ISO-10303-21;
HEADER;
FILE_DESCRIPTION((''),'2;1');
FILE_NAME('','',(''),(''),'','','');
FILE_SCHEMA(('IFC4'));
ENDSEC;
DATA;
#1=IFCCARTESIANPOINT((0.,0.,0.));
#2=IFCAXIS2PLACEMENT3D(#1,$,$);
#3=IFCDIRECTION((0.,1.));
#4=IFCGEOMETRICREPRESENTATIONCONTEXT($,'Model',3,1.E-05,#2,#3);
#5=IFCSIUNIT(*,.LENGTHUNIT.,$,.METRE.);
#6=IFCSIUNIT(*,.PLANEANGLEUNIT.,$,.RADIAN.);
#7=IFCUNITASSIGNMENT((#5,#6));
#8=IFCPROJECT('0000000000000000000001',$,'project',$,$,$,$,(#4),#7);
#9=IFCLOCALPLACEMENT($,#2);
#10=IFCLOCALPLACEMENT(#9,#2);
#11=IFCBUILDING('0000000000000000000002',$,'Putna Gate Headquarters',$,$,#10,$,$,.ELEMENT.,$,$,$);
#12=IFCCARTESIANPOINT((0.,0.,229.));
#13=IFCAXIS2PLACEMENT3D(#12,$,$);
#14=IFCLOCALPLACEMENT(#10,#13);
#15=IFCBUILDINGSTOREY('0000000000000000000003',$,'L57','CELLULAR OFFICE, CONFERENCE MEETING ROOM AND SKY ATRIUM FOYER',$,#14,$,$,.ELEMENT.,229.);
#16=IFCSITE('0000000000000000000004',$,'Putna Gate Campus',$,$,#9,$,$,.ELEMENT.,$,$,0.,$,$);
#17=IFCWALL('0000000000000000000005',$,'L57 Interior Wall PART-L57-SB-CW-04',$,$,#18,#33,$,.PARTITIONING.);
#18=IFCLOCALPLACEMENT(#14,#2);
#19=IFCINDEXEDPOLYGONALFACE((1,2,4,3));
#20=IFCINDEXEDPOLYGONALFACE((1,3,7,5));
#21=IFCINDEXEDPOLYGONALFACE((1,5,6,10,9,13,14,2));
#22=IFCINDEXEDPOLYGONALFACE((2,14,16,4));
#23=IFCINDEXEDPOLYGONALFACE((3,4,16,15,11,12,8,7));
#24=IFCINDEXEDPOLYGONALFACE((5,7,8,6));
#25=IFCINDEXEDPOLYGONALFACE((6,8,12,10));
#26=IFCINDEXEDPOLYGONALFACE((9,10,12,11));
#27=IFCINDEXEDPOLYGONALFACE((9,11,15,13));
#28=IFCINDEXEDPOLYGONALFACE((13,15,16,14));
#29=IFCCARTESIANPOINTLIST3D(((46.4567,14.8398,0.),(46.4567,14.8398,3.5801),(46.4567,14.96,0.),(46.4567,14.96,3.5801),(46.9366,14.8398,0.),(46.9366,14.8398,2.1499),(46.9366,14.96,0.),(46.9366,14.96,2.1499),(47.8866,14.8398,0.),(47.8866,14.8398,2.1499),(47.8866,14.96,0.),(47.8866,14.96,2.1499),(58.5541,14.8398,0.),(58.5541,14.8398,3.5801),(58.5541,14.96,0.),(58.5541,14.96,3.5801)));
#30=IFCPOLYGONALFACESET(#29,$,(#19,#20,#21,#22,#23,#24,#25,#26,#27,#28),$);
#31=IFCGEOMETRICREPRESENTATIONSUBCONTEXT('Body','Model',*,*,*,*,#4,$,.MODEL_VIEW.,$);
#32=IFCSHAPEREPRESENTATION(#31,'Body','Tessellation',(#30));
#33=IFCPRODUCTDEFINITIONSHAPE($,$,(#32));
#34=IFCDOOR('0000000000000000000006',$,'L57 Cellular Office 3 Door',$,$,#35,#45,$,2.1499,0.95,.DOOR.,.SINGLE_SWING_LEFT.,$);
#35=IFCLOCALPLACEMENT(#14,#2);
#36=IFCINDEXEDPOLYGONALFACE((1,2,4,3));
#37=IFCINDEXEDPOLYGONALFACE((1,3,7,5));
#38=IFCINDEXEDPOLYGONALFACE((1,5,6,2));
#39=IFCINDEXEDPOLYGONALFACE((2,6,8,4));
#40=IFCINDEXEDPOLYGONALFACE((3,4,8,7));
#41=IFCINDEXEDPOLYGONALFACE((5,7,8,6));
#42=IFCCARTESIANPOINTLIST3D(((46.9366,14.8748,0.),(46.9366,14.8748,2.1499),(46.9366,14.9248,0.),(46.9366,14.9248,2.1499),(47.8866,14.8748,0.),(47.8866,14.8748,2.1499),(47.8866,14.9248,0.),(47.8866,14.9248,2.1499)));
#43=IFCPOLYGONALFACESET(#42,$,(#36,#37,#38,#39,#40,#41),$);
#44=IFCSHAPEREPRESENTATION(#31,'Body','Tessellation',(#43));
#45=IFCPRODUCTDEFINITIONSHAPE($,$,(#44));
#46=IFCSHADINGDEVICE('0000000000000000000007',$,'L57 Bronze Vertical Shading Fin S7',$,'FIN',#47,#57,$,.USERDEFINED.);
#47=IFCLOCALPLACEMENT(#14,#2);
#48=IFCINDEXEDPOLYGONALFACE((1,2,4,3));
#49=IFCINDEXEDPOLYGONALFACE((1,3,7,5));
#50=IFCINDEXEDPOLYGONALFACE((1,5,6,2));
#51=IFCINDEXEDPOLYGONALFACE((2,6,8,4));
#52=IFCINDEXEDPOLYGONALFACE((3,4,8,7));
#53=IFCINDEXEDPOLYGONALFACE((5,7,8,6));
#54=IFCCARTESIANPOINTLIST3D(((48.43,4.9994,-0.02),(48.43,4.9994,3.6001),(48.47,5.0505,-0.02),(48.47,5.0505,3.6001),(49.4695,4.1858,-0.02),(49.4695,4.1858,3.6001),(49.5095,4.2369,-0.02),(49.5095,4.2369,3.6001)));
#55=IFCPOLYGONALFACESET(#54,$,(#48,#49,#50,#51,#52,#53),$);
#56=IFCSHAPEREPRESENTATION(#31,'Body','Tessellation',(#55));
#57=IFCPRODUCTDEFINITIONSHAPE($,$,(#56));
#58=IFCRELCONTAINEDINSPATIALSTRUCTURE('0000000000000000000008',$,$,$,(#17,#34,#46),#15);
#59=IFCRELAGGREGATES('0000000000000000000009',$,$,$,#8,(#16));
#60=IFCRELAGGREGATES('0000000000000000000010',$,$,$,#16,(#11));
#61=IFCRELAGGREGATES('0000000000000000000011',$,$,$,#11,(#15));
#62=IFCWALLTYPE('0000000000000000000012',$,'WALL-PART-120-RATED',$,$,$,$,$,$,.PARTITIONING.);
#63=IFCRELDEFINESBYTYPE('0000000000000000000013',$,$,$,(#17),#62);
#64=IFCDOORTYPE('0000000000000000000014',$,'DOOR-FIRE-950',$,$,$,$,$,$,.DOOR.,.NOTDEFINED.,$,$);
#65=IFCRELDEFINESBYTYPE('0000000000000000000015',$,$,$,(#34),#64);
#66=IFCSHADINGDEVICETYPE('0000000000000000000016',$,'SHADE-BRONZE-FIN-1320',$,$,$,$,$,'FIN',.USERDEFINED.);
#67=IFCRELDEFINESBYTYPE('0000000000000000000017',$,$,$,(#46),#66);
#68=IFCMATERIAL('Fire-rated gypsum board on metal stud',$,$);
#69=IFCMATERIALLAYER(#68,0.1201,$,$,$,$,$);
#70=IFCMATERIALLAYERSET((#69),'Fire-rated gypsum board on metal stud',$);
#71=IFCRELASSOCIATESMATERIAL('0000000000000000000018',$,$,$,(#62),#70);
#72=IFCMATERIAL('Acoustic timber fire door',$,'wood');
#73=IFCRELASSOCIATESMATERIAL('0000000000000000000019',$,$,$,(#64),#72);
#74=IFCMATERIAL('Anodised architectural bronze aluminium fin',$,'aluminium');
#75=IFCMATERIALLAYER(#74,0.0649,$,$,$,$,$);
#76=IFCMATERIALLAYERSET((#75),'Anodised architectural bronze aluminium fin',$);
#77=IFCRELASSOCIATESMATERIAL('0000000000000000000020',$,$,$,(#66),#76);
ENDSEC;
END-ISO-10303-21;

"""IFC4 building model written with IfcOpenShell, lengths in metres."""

from ifc_helpers import new_model, si_unit, direction, frame, frame_2d, origin, origin_2d, place, context, subcontext, project, spatial, rectangle, extrude, material, layer, layer_set, type_object, element, fill, save


model = new_model("IFC4")

# Units and contexts
model_context = context("Model", 3, precision=1e-05, world=origin(), true_north=direction((0.0, 1.0)))
body_context = subcontext(model_context, "Body", "Model", "MODEL_VIEW")
ifc_project = project(units=[si_unit("LENGTHUNIT", "METRE"), si_unit("PLANEANGLEUNIT", "RADIAN")], contexts=[model_context])

# Site, building, storey
site_placement = place(None, origin())
site = spatial("IfcSite", under=ifc_project, at=site_placement, Name="Putna Gate Campus", CompositionType="ELEMENT", RefElevation=0.0)
building_placement = place(site_placement, origin())
building = spatial("IfcBuilding", under=site, at=building_placement, Name="Putna Gate Headquarters", CompositionType="ELEMENT")
storey_placement = place(building_placement, frame((0.0, 0.0, 229.0)))
storey = spatial("IfcBuildingStorey", under=building, at=storey_placement, Name="L57", Description="CELLULAR OFFICE, CONFERENCE MEETING ROOM AND SKY ATRIUM FOYER", CompositionType="ELEMENT", Elevation=229.0)

# Wall, opening, door
ifc_material_1 = material(Name="Fire-rated gypsum board on metal stud")
ifc_layer_1 = layer(ifc_material_1, 0.1201)
ifc_layer_set_1 = layer_set([ifc_layer_1], Name="Fire-rated gypsum board on metal stud")
wall_type_1 = type_object("IfcWallType", Name="WALL-PART-120-RATED", PredefinedType="PARTITIONING", material=ifc_layer_set_1)
wall_1_placement = place(storey_placement, frame((46.4565, 14.8999, 0.0), z_axis=(0.0, 0.0, 1.0), x_axis=(1.0, 0.0, 0.0)))
wall_1 = element("IfcWall", 1, at=wall_1_placement, inside=storey, type_object=wall_type_1, Name="L57 Interior Wall PART-L57-SB-CW-04", PredefinedType="PARTITIONING", context=body_context, shape_type="SweptSolid", body=[
    extrude(rectangle(XDim=12.0974, YDim=0.1201, at=frame_2d((6.0488, 0.0))), origin(), (0.0, 0.0, 1.0), 3.5801),
])
opening_placement = place(wall_1_placement, frame((0.48, 0.0, 0.0)))
opening = element("IfcOpeningElement", 2, at=opening_placement, cuts=wall_1, PredefinedType="OPENING", context=body_context, shape_type="SweptSolid", body=[
    extrude(rectangle(XDim=0.95, YDim=2.1499, at=frame_2d((0.4751, 1.075))), frame((0.0, 0.0701, 0.0), z_axis=(0.0, -1.0, 0.0), x_axis=(1.0, 0.0, 0.0)), (0.0, 0.0, 1.0), 0.1401),
])
ifc_material_2 = material(Name="Acoustic timber fire door", Category="wood")
door_type = type_object("IfcDoorType", Name="DOOR-FIRE-950", OperationType="NOTDEFINED", PredefinedType="DOOR", material=ifc_material_2)
door_placement = place(opening_placement, origin())
door = element("IfcDoor", 3, at=door_placement, inside=storey, type_object=door_type, Name="L57 Cellular Office 3 Door", OperationType="SINGLE_SWING_LEFT", OverallHeight=2.1499, OverallWidth=0.95, PredefinedType="DOOR", context=body_context, shape_type="SweptSolid", body=[
    extrude(rectangle(XDim=0.95, YDim=2.1499, at=frame_2d((0.4751, 1.075))), frame((0.0, 0.0249, 0.0), z_axis=(0.0, -1.0, 0.0), x_axis=(1.0, 0.0, 0.0)), (0.0, 0.0, 1.0), 0.05),
])
fill(opening, door)

# Shading device
ifc_material_3 = material(Name="Anodised architectural bronze aluminium fin", Category="aluminium")
ifc_layer_2 = layer(ifc_material_3, 0.0649)
ifc_layer_set_2 = layer_set([ifc_layer_2], Name="Anodised architectural bronze aluminium fin")
shading_device_type = type_object("IfcShadingDeviceType", Name="SHADE-BRONZE-FIN-1320", ElementType="FIN", PredefinedType="USERDEFINED", material=ifc_layer_set_2)
shading_device_placement = place(storey_placement, frame((48.9697, 4.6182, -0.02), z_axis=(0.0, 0.0, 1.0), x_axis=(0.787473, -0.616349, 0.0)))
element("IfcShadingDevice", 4, at=shading_device_placement, inside=storey, type_object=shading_device_type, Name="L57 Bronze Vertical Shading Fin S7", ObjectType="FIN", PredefinedType="USERDEFINED", context=body_context, shape_type="SweptSolid", body=[
    extrude(rectangle(XDim=1.3201, YDim=0.0649, at=origin_2d()), origin(), (0.0, 0.0, 1.0), 3.6201),
])

save(model, "model.ifc")
